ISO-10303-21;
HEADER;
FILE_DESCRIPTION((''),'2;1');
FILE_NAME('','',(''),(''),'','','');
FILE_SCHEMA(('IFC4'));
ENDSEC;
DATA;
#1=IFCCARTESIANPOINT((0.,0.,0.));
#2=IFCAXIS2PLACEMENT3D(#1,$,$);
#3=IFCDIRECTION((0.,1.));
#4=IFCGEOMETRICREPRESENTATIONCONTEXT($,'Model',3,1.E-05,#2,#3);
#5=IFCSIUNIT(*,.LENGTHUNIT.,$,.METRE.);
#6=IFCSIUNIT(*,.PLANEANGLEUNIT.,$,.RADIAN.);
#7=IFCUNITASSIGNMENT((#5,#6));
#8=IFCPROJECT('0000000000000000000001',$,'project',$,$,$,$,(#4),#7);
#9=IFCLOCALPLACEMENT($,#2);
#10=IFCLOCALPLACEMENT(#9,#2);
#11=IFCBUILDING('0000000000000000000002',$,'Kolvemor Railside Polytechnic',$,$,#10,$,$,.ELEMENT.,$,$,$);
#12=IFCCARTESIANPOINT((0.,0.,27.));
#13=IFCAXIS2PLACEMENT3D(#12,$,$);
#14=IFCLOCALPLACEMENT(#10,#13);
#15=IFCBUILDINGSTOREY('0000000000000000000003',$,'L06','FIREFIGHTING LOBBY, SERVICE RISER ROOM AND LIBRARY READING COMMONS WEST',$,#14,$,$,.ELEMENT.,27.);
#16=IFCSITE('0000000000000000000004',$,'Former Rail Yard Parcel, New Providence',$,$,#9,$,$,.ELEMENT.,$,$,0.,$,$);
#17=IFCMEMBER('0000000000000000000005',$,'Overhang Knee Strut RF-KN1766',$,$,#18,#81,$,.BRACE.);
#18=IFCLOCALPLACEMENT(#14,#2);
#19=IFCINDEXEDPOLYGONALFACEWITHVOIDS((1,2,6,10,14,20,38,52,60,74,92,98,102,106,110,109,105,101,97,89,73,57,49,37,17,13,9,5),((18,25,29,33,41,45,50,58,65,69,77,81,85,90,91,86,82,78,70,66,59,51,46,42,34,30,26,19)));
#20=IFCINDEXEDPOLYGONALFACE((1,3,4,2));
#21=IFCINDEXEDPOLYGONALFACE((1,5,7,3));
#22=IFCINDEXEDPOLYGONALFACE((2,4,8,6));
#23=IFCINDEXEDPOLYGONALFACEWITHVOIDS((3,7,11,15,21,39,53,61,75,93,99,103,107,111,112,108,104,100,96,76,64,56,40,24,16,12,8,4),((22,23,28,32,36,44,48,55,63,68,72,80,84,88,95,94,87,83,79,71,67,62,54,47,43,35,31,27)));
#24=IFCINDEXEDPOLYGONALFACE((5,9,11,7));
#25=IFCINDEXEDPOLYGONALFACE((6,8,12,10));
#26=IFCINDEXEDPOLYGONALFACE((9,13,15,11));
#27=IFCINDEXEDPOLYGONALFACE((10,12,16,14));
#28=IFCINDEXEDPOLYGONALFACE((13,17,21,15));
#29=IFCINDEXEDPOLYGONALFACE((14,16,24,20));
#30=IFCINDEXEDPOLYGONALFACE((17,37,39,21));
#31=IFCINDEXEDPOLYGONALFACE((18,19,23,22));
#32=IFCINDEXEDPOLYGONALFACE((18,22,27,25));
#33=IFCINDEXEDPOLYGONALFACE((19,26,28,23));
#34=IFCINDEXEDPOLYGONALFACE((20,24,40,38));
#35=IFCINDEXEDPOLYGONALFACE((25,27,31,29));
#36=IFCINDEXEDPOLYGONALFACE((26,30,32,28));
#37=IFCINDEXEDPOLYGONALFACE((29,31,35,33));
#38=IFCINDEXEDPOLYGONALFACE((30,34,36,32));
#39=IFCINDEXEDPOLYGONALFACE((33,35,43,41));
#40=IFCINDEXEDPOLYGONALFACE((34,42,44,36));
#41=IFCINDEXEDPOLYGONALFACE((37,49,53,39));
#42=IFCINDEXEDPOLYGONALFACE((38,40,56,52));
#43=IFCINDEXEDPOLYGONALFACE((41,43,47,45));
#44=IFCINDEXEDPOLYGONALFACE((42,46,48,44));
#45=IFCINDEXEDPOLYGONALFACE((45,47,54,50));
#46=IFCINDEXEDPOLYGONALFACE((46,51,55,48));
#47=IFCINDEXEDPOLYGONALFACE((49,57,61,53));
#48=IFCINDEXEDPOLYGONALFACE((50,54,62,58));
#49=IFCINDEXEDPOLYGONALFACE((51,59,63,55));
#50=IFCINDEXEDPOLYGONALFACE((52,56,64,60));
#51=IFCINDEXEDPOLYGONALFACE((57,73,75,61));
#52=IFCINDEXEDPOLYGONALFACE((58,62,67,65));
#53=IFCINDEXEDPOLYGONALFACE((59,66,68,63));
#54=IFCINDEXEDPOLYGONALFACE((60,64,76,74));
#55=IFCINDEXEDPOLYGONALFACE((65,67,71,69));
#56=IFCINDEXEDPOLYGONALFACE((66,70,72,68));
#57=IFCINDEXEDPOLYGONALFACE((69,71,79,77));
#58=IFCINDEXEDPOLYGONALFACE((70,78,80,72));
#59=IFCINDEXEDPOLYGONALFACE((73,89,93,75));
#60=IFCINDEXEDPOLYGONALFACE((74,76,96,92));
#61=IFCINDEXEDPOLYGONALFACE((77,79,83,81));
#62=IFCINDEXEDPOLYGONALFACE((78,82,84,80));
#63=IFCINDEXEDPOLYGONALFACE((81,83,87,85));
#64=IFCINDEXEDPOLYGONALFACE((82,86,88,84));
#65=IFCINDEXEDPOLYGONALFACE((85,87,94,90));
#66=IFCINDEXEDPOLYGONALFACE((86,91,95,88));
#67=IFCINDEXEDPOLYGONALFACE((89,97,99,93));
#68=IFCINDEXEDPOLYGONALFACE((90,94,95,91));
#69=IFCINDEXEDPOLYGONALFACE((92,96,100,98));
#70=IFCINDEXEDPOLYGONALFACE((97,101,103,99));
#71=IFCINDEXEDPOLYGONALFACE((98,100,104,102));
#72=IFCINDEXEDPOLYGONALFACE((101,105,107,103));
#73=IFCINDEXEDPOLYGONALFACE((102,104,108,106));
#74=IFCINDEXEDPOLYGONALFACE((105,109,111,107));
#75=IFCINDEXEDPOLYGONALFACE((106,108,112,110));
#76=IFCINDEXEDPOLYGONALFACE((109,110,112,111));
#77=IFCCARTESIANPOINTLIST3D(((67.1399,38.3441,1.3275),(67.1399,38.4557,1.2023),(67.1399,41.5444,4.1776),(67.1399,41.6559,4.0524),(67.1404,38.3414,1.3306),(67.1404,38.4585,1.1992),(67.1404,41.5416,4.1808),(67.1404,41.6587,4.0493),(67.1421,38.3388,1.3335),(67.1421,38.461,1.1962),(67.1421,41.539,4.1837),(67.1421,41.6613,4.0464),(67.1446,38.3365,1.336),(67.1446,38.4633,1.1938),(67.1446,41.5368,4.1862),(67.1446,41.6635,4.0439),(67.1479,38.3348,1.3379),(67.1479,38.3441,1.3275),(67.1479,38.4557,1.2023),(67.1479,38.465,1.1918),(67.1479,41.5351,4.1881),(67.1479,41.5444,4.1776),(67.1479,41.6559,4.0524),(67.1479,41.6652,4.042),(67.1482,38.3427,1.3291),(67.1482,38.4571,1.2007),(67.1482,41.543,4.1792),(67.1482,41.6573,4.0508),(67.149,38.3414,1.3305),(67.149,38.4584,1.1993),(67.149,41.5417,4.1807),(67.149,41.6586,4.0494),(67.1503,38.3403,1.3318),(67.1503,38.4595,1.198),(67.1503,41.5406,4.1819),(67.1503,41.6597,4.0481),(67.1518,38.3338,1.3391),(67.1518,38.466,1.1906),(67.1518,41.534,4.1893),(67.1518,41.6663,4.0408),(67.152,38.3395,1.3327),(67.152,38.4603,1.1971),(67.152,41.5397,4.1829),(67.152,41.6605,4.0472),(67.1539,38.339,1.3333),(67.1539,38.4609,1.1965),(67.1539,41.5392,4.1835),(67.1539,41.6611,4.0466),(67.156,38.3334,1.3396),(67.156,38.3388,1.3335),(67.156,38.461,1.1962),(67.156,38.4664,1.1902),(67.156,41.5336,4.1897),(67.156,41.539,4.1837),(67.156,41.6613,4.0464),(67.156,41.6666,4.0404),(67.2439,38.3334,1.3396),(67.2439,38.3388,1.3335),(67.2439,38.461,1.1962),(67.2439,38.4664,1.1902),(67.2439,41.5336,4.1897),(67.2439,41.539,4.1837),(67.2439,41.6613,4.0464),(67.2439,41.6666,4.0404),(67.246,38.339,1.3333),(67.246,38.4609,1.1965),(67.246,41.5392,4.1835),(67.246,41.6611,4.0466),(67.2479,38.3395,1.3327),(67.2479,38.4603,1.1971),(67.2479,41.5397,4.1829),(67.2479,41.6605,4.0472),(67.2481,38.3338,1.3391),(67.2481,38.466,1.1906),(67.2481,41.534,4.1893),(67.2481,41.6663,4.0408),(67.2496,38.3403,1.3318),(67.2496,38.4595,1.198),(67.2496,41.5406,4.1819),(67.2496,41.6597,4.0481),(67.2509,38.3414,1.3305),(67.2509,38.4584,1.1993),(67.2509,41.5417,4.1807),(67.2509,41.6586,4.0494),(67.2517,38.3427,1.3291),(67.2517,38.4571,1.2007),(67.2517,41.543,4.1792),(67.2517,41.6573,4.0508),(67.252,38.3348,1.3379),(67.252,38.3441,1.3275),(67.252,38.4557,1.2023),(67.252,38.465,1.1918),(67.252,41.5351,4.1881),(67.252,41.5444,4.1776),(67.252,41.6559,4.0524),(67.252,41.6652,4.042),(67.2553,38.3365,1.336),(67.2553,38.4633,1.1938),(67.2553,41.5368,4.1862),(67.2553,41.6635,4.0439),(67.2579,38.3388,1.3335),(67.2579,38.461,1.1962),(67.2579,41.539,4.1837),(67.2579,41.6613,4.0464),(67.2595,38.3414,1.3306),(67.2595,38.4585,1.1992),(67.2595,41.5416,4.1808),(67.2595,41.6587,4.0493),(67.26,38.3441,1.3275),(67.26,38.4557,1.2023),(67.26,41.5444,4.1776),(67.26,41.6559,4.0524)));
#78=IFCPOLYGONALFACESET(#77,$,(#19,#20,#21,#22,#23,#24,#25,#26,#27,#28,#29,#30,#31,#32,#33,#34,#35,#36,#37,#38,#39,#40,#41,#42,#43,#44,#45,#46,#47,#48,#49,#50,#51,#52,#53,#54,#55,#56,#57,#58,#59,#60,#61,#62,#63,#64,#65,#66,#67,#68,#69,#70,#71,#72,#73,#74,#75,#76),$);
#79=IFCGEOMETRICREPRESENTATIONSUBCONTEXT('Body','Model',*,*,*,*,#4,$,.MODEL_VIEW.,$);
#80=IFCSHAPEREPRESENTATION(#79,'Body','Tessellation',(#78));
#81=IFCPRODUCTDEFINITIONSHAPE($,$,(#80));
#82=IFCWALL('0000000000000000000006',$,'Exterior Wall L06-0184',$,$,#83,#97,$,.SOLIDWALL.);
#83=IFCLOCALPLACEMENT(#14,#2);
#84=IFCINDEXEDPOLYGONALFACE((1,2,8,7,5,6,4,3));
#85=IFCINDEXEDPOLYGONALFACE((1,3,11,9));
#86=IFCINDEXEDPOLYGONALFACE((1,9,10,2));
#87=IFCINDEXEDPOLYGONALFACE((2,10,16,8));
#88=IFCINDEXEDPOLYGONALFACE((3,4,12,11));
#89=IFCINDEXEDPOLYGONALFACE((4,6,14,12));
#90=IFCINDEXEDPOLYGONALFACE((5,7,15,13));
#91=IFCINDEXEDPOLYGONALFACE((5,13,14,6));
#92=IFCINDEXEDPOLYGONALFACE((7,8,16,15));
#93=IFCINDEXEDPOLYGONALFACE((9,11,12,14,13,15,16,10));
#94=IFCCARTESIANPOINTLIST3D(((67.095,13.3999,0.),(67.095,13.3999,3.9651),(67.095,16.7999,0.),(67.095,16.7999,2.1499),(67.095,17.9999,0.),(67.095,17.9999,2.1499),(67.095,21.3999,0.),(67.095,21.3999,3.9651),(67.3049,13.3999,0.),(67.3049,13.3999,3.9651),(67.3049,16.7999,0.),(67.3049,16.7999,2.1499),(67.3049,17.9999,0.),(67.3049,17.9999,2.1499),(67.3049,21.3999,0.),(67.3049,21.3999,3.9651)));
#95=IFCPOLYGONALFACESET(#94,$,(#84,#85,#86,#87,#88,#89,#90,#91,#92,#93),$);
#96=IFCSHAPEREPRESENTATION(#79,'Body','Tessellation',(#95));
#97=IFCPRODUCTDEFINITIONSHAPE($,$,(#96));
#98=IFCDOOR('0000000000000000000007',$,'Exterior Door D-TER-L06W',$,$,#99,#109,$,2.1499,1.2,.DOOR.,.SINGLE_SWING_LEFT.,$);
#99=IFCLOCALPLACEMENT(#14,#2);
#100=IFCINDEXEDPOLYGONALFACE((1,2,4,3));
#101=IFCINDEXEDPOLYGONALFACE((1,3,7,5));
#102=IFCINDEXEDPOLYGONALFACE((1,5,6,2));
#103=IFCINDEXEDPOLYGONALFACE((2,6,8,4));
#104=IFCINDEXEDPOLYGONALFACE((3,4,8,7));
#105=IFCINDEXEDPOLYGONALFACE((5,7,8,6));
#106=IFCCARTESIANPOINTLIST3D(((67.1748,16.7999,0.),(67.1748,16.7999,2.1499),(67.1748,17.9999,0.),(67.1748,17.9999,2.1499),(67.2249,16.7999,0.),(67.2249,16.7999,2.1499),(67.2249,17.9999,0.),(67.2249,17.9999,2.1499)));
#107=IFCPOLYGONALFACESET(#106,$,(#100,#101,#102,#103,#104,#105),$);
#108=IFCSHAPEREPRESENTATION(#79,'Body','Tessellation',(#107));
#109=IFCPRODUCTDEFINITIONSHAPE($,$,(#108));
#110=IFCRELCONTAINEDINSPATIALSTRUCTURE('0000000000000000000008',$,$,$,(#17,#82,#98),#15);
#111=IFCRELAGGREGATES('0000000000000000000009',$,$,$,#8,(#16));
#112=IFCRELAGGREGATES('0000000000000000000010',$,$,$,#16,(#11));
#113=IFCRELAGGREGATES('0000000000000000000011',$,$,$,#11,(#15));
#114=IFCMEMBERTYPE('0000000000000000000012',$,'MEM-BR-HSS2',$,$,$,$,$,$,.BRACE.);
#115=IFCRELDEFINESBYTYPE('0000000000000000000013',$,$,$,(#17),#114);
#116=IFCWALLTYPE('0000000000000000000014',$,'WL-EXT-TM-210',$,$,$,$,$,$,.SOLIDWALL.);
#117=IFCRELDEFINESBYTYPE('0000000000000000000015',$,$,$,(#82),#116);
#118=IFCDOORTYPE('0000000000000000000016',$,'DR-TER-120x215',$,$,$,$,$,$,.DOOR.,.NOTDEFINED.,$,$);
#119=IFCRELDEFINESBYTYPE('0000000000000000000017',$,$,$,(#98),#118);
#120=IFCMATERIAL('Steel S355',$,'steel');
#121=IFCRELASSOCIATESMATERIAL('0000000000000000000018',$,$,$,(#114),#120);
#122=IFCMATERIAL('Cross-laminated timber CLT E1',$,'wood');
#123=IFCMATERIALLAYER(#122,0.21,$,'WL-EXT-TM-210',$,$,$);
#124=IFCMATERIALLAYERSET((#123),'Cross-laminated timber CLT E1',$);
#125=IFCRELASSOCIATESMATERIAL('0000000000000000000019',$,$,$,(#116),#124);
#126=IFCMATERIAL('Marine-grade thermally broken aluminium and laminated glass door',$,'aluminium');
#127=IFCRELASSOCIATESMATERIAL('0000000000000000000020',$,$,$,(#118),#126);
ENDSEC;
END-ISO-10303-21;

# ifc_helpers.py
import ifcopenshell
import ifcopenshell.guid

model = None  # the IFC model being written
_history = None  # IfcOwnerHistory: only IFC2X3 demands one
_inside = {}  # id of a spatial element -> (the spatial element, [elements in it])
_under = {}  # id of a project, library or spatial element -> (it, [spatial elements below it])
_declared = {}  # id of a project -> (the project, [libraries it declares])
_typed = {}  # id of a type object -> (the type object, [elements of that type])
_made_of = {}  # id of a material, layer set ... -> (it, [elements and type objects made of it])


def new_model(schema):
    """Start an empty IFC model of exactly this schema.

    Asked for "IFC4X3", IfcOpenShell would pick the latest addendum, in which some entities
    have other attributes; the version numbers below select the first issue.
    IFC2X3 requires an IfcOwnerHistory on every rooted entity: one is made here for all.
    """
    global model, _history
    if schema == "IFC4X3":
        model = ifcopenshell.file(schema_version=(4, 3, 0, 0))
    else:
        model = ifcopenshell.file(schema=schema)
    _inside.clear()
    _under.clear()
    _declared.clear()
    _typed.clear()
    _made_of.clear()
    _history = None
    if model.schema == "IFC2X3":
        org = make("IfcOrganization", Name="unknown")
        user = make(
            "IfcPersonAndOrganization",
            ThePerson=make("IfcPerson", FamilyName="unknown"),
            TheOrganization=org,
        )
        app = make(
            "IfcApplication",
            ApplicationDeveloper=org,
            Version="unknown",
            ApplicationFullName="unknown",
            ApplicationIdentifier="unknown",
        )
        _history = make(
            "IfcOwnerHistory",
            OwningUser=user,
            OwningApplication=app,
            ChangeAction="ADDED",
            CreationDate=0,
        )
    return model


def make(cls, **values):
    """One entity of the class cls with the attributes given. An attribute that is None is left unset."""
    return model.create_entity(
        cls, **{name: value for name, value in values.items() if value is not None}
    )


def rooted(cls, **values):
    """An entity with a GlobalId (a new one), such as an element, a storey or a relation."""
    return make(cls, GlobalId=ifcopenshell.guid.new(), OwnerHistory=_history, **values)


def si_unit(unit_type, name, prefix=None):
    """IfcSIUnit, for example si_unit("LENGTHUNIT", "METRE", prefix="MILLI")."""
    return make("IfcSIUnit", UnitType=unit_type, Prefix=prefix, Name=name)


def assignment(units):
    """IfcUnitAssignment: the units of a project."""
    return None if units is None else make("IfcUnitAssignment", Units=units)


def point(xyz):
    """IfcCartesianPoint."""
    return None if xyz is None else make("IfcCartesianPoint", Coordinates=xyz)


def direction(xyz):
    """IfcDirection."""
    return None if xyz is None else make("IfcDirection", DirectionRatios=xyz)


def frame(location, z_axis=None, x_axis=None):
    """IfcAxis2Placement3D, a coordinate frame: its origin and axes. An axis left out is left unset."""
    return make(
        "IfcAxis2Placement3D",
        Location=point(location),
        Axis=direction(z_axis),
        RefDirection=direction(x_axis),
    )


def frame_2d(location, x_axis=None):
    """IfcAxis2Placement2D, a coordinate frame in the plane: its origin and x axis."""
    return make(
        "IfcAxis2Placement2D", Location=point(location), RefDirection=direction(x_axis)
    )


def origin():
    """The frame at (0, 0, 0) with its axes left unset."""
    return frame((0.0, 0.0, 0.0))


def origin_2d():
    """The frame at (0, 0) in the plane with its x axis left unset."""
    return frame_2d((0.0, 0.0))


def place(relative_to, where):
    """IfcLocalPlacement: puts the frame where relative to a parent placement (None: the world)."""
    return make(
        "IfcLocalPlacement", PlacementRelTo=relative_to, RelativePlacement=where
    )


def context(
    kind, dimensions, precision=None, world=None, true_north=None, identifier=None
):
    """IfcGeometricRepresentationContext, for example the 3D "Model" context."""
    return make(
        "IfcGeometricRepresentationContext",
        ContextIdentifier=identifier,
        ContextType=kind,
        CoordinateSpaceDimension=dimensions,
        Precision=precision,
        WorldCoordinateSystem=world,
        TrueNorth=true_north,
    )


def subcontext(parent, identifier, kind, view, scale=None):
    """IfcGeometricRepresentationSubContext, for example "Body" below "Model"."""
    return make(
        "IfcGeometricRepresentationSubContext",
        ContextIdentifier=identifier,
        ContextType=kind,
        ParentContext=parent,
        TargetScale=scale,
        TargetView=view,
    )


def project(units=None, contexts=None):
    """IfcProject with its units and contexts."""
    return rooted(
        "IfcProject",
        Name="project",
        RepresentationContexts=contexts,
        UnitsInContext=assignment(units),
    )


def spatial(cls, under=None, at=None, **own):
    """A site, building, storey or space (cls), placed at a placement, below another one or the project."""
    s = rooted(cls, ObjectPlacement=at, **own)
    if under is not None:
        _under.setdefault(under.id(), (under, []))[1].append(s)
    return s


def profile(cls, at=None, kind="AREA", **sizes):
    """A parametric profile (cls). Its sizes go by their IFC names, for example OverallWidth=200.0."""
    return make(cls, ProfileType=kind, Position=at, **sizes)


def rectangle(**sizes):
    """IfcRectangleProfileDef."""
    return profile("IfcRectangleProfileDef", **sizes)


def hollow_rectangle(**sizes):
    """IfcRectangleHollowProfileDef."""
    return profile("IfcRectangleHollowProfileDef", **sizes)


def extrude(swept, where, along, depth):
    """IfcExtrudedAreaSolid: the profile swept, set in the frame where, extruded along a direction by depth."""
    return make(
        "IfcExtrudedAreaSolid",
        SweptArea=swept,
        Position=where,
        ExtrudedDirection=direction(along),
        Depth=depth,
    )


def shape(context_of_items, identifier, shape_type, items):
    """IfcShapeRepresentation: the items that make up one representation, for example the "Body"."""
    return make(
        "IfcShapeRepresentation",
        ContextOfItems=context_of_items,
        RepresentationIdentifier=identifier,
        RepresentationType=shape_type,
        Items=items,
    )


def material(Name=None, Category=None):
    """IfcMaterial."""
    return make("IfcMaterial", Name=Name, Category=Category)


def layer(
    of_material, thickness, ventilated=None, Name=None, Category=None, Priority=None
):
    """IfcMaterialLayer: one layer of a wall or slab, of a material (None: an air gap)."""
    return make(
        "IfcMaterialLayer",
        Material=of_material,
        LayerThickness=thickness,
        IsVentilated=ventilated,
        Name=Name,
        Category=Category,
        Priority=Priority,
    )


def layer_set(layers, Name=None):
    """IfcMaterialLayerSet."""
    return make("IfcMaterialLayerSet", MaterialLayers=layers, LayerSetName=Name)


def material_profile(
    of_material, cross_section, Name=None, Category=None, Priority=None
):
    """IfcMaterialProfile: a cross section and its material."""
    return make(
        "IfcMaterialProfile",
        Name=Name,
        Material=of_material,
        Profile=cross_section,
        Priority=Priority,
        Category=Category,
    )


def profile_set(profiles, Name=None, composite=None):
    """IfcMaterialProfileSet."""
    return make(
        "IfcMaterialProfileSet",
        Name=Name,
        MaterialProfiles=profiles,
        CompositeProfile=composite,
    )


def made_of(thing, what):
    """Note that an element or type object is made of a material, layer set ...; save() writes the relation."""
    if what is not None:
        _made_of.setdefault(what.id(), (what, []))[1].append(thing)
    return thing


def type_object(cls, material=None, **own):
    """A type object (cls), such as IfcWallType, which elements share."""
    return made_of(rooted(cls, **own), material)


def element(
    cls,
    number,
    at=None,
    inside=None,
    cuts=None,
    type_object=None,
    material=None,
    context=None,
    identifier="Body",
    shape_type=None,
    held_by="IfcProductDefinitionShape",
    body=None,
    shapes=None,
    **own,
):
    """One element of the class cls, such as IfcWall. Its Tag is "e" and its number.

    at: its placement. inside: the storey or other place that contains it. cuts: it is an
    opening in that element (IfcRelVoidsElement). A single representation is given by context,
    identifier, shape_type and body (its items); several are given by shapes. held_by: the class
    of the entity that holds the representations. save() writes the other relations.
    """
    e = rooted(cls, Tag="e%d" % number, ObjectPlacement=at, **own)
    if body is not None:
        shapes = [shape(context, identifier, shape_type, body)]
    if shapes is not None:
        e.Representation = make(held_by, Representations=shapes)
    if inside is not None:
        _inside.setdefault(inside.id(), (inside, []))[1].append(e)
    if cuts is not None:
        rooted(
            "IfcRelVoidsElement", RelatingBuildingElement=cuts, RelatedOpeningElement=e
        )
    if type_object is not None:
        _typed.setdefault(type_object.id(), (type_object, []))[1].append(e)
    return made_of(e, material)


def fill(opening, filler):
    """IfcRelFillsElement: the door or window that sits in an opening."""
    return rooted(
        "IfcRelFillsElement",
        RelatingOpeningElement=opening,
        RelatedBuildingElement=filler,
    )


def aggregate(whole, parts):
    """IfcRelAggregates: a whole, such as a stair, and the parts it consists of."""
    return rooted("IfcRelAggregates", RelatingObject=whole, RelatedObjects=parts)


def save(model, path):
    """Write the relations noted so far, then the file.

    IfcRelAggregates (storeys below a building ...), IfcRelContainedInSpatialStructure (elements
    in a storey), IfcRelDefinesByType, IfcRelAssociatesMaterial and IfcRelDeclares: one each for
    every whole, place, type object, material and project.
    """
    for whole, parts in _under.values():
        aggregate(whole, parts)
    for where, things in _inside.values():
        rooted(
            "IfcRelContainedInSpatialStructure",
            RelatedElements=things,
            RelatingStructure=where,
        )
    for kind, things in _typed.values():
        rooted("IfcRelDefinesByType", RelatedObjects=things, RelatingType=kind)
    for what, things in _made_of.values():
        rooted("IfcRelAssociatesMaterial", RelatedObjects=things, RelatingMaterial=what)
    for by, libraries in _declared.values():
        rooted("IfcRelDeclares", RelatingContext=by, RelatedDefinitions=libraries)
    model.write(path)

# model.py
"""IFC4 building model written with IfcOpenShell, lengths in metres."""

from ifc_helpers import new_model, si_unit, direction, frame, frame_2d, origin, origin_2d, place, context, subcontext, project, spatial, rectangle, hollow_rectangle, extrude, material, layer, layer_set, material_profile, profile_set, type_object, element, fill, save


model = new_model("IFC4")

# Units and contexts
model_context = context("Model", 3, precision=1e-05, world=origin(), true_north=direction((0.0, 1.0)))
body_context = subcontext(model_context, "Body", "Model", "MODEL_VIEW")
ifc_project = project(units=[si_unit("LENGTHUNIT", "METRE"), si_unit("PLANEANGLEUNIT", "RADIAN")], contexts=[model_context])

# Site, building, storey
site_placement = place(None, origin())
site = spatial("IfcSite", under=ifc_project, at=site_placement, Name="Former Rail Yard Parcel, New Providence", CompositionType="ELEMENT", RefElevation=0.0)
building_placement = place(site_placement, origin())
building = spatial("IfcBuilding", under=site, at=building_placement, Name="Kolvemor Railside Polytechnic", CompositionType="ELEMENT")
storey_placement = place(building_placement, frame((0.0, 0.0, 27.0)))
storey = spatial("IfcBuildingStorey", under=building, at=storey_placement, Name="L06", Description="FIREFIGHTING LOBBY, SERVICE RISER ROOM AND LIBRARY READING COMMONS WEST", CompositionType="ELEMENT", Elevation=27.0)

# Member
ifc_material_1 = material(Name="Steel S355", Category="steel")
ifc_material_profile_1 = material_profile(ifc_material_1, hollow_rectangle(XDim=0.1201, YDim=0.2, WallThickness=0.0081, InnerFilletRadius=0.0081, OuterFilletRadius=0.0161, at=origin_2d()), Name="HSS200x120x8")
ifc_profile_set_1 = profile_set([ifc_material_profile_1], Name="Steel S355")
member_type_1 = type_object("IfcMemberType", Name="MEM-BR-HSS2", PredefinedType="BRACE", material=ifc_profile_set_1)
member_1_placement = place(storey_placement, frame((67.2, 38.3999, 1.2649), z_axis=(0.0, 0.746774, 0.665078), x_axis=(-1.0, 0.0, 0.0)))
element("IfcMember", 1, at=member_1_placement, inside=storey, type_object=member_type_1, Name="Overhang Knee Strut RF-KN1766", PredefinedType="BRACE", context=body_context, shape_type="SweptSolid", body=[
    extrude(hollow_rectangle(XDim=0.1201, YDim=0.2, WallThickness=0.0081, InnerFilletRadius=0.0081, OuterFilletRadius=0.0161, at=origin_2d()), origin(), (0.0, 0.0, 1.0), 4.2854),
])

# Wall, opening, door
ifc_material_2 = material(Name="Cross-laminated timber CLT E1", Category="wood")
ifc_layer_1 = layer(ifc_material_2, 0.21, Name="WL-EXT-TM-210")
ifc_layer_set_1 = layer_set([ifc_layer_1], Name="Cross-laminated timber CLT E1")
wall_type = type_object("IfcWallType", Name="WL-EXT-TM-210", PredefinedType="SOLIDWALL", material=ifc_layer_set_1)
wall_placement = place(storey_placement, frame((67.2, 21.3999, 0.0), z_axis=(0.0, 0.0, 1.0), x_axis=(0.0, -1.0, 0.0)))
wall = element("IfcWall", 2, at=wall_placement, inside=storey, type_object=wall_type, Name="Exterior Wall L06-0184", PredefinedType="SOLIDWALL", context=body_context, shape_type="SweptSolid", body=[
    extrude(rectangle(XDim=8.0, YDim=0.21, at=frame_2d((4.0, 0.0))), origin(), (0.0, 0.0, 1.0), 3.9651),
])
opening_placement = place(wall_placement, frame((3.3999, 0.0, 0.0)))
opening = element("IfcOpeningElement", 3, at=opening_placement, cuts=wall, PredefinedType="OPENING", context=body_context, shape_type="SweptSolid", body=[
    extrude(rectangle(XDim=1.2, YDim=2.1499, at=frame_2d((0.6001, 1.075))), frame((0.0, 0.115, 0.0), z_axis=(0.0, -1.0, 0.0), x_axis=(1.0, 0.0, 0.0)), (0.0, 0.0, 1.0), 0.23),
])
ifc_material_3 = material(Name="Marine-grade thermally broken aluminium and laminated glass door", Category="aluminium")
door_type = type_object("IfcDoorType", Name="DR-TER-120x215", OperationType="NOTDEFINED", PredefinedType="DOOR", material=ifc_material_3)
door_placement = place(opening_placement, origin())
door = element("IfcDoor", 4, at=door_placement, inside=storey, type_object=door_type, Name="Exterior Door D-TER-L06W", OperationType="SINGLE_SWING_LEFT", OverallHeight=2.1499, OverallWidth=1.2, PredefinedType="DOOR", context=body_context, shape_type="SweptSolid", body=[
    extrude(rectangle(XDim=1.2, YDim=2.1499, at=frame_2d((0.6001, 1.075))), frame((0.0, 0.0249, 0.0), z_axis=(0.0, -1.0, 0.0), x_axis=(1.0, 0.0, 0.0)), (0.0, 0.0, 1.0), 0.05),
])
fill(opening, door)

save(model, "model.ifc")
